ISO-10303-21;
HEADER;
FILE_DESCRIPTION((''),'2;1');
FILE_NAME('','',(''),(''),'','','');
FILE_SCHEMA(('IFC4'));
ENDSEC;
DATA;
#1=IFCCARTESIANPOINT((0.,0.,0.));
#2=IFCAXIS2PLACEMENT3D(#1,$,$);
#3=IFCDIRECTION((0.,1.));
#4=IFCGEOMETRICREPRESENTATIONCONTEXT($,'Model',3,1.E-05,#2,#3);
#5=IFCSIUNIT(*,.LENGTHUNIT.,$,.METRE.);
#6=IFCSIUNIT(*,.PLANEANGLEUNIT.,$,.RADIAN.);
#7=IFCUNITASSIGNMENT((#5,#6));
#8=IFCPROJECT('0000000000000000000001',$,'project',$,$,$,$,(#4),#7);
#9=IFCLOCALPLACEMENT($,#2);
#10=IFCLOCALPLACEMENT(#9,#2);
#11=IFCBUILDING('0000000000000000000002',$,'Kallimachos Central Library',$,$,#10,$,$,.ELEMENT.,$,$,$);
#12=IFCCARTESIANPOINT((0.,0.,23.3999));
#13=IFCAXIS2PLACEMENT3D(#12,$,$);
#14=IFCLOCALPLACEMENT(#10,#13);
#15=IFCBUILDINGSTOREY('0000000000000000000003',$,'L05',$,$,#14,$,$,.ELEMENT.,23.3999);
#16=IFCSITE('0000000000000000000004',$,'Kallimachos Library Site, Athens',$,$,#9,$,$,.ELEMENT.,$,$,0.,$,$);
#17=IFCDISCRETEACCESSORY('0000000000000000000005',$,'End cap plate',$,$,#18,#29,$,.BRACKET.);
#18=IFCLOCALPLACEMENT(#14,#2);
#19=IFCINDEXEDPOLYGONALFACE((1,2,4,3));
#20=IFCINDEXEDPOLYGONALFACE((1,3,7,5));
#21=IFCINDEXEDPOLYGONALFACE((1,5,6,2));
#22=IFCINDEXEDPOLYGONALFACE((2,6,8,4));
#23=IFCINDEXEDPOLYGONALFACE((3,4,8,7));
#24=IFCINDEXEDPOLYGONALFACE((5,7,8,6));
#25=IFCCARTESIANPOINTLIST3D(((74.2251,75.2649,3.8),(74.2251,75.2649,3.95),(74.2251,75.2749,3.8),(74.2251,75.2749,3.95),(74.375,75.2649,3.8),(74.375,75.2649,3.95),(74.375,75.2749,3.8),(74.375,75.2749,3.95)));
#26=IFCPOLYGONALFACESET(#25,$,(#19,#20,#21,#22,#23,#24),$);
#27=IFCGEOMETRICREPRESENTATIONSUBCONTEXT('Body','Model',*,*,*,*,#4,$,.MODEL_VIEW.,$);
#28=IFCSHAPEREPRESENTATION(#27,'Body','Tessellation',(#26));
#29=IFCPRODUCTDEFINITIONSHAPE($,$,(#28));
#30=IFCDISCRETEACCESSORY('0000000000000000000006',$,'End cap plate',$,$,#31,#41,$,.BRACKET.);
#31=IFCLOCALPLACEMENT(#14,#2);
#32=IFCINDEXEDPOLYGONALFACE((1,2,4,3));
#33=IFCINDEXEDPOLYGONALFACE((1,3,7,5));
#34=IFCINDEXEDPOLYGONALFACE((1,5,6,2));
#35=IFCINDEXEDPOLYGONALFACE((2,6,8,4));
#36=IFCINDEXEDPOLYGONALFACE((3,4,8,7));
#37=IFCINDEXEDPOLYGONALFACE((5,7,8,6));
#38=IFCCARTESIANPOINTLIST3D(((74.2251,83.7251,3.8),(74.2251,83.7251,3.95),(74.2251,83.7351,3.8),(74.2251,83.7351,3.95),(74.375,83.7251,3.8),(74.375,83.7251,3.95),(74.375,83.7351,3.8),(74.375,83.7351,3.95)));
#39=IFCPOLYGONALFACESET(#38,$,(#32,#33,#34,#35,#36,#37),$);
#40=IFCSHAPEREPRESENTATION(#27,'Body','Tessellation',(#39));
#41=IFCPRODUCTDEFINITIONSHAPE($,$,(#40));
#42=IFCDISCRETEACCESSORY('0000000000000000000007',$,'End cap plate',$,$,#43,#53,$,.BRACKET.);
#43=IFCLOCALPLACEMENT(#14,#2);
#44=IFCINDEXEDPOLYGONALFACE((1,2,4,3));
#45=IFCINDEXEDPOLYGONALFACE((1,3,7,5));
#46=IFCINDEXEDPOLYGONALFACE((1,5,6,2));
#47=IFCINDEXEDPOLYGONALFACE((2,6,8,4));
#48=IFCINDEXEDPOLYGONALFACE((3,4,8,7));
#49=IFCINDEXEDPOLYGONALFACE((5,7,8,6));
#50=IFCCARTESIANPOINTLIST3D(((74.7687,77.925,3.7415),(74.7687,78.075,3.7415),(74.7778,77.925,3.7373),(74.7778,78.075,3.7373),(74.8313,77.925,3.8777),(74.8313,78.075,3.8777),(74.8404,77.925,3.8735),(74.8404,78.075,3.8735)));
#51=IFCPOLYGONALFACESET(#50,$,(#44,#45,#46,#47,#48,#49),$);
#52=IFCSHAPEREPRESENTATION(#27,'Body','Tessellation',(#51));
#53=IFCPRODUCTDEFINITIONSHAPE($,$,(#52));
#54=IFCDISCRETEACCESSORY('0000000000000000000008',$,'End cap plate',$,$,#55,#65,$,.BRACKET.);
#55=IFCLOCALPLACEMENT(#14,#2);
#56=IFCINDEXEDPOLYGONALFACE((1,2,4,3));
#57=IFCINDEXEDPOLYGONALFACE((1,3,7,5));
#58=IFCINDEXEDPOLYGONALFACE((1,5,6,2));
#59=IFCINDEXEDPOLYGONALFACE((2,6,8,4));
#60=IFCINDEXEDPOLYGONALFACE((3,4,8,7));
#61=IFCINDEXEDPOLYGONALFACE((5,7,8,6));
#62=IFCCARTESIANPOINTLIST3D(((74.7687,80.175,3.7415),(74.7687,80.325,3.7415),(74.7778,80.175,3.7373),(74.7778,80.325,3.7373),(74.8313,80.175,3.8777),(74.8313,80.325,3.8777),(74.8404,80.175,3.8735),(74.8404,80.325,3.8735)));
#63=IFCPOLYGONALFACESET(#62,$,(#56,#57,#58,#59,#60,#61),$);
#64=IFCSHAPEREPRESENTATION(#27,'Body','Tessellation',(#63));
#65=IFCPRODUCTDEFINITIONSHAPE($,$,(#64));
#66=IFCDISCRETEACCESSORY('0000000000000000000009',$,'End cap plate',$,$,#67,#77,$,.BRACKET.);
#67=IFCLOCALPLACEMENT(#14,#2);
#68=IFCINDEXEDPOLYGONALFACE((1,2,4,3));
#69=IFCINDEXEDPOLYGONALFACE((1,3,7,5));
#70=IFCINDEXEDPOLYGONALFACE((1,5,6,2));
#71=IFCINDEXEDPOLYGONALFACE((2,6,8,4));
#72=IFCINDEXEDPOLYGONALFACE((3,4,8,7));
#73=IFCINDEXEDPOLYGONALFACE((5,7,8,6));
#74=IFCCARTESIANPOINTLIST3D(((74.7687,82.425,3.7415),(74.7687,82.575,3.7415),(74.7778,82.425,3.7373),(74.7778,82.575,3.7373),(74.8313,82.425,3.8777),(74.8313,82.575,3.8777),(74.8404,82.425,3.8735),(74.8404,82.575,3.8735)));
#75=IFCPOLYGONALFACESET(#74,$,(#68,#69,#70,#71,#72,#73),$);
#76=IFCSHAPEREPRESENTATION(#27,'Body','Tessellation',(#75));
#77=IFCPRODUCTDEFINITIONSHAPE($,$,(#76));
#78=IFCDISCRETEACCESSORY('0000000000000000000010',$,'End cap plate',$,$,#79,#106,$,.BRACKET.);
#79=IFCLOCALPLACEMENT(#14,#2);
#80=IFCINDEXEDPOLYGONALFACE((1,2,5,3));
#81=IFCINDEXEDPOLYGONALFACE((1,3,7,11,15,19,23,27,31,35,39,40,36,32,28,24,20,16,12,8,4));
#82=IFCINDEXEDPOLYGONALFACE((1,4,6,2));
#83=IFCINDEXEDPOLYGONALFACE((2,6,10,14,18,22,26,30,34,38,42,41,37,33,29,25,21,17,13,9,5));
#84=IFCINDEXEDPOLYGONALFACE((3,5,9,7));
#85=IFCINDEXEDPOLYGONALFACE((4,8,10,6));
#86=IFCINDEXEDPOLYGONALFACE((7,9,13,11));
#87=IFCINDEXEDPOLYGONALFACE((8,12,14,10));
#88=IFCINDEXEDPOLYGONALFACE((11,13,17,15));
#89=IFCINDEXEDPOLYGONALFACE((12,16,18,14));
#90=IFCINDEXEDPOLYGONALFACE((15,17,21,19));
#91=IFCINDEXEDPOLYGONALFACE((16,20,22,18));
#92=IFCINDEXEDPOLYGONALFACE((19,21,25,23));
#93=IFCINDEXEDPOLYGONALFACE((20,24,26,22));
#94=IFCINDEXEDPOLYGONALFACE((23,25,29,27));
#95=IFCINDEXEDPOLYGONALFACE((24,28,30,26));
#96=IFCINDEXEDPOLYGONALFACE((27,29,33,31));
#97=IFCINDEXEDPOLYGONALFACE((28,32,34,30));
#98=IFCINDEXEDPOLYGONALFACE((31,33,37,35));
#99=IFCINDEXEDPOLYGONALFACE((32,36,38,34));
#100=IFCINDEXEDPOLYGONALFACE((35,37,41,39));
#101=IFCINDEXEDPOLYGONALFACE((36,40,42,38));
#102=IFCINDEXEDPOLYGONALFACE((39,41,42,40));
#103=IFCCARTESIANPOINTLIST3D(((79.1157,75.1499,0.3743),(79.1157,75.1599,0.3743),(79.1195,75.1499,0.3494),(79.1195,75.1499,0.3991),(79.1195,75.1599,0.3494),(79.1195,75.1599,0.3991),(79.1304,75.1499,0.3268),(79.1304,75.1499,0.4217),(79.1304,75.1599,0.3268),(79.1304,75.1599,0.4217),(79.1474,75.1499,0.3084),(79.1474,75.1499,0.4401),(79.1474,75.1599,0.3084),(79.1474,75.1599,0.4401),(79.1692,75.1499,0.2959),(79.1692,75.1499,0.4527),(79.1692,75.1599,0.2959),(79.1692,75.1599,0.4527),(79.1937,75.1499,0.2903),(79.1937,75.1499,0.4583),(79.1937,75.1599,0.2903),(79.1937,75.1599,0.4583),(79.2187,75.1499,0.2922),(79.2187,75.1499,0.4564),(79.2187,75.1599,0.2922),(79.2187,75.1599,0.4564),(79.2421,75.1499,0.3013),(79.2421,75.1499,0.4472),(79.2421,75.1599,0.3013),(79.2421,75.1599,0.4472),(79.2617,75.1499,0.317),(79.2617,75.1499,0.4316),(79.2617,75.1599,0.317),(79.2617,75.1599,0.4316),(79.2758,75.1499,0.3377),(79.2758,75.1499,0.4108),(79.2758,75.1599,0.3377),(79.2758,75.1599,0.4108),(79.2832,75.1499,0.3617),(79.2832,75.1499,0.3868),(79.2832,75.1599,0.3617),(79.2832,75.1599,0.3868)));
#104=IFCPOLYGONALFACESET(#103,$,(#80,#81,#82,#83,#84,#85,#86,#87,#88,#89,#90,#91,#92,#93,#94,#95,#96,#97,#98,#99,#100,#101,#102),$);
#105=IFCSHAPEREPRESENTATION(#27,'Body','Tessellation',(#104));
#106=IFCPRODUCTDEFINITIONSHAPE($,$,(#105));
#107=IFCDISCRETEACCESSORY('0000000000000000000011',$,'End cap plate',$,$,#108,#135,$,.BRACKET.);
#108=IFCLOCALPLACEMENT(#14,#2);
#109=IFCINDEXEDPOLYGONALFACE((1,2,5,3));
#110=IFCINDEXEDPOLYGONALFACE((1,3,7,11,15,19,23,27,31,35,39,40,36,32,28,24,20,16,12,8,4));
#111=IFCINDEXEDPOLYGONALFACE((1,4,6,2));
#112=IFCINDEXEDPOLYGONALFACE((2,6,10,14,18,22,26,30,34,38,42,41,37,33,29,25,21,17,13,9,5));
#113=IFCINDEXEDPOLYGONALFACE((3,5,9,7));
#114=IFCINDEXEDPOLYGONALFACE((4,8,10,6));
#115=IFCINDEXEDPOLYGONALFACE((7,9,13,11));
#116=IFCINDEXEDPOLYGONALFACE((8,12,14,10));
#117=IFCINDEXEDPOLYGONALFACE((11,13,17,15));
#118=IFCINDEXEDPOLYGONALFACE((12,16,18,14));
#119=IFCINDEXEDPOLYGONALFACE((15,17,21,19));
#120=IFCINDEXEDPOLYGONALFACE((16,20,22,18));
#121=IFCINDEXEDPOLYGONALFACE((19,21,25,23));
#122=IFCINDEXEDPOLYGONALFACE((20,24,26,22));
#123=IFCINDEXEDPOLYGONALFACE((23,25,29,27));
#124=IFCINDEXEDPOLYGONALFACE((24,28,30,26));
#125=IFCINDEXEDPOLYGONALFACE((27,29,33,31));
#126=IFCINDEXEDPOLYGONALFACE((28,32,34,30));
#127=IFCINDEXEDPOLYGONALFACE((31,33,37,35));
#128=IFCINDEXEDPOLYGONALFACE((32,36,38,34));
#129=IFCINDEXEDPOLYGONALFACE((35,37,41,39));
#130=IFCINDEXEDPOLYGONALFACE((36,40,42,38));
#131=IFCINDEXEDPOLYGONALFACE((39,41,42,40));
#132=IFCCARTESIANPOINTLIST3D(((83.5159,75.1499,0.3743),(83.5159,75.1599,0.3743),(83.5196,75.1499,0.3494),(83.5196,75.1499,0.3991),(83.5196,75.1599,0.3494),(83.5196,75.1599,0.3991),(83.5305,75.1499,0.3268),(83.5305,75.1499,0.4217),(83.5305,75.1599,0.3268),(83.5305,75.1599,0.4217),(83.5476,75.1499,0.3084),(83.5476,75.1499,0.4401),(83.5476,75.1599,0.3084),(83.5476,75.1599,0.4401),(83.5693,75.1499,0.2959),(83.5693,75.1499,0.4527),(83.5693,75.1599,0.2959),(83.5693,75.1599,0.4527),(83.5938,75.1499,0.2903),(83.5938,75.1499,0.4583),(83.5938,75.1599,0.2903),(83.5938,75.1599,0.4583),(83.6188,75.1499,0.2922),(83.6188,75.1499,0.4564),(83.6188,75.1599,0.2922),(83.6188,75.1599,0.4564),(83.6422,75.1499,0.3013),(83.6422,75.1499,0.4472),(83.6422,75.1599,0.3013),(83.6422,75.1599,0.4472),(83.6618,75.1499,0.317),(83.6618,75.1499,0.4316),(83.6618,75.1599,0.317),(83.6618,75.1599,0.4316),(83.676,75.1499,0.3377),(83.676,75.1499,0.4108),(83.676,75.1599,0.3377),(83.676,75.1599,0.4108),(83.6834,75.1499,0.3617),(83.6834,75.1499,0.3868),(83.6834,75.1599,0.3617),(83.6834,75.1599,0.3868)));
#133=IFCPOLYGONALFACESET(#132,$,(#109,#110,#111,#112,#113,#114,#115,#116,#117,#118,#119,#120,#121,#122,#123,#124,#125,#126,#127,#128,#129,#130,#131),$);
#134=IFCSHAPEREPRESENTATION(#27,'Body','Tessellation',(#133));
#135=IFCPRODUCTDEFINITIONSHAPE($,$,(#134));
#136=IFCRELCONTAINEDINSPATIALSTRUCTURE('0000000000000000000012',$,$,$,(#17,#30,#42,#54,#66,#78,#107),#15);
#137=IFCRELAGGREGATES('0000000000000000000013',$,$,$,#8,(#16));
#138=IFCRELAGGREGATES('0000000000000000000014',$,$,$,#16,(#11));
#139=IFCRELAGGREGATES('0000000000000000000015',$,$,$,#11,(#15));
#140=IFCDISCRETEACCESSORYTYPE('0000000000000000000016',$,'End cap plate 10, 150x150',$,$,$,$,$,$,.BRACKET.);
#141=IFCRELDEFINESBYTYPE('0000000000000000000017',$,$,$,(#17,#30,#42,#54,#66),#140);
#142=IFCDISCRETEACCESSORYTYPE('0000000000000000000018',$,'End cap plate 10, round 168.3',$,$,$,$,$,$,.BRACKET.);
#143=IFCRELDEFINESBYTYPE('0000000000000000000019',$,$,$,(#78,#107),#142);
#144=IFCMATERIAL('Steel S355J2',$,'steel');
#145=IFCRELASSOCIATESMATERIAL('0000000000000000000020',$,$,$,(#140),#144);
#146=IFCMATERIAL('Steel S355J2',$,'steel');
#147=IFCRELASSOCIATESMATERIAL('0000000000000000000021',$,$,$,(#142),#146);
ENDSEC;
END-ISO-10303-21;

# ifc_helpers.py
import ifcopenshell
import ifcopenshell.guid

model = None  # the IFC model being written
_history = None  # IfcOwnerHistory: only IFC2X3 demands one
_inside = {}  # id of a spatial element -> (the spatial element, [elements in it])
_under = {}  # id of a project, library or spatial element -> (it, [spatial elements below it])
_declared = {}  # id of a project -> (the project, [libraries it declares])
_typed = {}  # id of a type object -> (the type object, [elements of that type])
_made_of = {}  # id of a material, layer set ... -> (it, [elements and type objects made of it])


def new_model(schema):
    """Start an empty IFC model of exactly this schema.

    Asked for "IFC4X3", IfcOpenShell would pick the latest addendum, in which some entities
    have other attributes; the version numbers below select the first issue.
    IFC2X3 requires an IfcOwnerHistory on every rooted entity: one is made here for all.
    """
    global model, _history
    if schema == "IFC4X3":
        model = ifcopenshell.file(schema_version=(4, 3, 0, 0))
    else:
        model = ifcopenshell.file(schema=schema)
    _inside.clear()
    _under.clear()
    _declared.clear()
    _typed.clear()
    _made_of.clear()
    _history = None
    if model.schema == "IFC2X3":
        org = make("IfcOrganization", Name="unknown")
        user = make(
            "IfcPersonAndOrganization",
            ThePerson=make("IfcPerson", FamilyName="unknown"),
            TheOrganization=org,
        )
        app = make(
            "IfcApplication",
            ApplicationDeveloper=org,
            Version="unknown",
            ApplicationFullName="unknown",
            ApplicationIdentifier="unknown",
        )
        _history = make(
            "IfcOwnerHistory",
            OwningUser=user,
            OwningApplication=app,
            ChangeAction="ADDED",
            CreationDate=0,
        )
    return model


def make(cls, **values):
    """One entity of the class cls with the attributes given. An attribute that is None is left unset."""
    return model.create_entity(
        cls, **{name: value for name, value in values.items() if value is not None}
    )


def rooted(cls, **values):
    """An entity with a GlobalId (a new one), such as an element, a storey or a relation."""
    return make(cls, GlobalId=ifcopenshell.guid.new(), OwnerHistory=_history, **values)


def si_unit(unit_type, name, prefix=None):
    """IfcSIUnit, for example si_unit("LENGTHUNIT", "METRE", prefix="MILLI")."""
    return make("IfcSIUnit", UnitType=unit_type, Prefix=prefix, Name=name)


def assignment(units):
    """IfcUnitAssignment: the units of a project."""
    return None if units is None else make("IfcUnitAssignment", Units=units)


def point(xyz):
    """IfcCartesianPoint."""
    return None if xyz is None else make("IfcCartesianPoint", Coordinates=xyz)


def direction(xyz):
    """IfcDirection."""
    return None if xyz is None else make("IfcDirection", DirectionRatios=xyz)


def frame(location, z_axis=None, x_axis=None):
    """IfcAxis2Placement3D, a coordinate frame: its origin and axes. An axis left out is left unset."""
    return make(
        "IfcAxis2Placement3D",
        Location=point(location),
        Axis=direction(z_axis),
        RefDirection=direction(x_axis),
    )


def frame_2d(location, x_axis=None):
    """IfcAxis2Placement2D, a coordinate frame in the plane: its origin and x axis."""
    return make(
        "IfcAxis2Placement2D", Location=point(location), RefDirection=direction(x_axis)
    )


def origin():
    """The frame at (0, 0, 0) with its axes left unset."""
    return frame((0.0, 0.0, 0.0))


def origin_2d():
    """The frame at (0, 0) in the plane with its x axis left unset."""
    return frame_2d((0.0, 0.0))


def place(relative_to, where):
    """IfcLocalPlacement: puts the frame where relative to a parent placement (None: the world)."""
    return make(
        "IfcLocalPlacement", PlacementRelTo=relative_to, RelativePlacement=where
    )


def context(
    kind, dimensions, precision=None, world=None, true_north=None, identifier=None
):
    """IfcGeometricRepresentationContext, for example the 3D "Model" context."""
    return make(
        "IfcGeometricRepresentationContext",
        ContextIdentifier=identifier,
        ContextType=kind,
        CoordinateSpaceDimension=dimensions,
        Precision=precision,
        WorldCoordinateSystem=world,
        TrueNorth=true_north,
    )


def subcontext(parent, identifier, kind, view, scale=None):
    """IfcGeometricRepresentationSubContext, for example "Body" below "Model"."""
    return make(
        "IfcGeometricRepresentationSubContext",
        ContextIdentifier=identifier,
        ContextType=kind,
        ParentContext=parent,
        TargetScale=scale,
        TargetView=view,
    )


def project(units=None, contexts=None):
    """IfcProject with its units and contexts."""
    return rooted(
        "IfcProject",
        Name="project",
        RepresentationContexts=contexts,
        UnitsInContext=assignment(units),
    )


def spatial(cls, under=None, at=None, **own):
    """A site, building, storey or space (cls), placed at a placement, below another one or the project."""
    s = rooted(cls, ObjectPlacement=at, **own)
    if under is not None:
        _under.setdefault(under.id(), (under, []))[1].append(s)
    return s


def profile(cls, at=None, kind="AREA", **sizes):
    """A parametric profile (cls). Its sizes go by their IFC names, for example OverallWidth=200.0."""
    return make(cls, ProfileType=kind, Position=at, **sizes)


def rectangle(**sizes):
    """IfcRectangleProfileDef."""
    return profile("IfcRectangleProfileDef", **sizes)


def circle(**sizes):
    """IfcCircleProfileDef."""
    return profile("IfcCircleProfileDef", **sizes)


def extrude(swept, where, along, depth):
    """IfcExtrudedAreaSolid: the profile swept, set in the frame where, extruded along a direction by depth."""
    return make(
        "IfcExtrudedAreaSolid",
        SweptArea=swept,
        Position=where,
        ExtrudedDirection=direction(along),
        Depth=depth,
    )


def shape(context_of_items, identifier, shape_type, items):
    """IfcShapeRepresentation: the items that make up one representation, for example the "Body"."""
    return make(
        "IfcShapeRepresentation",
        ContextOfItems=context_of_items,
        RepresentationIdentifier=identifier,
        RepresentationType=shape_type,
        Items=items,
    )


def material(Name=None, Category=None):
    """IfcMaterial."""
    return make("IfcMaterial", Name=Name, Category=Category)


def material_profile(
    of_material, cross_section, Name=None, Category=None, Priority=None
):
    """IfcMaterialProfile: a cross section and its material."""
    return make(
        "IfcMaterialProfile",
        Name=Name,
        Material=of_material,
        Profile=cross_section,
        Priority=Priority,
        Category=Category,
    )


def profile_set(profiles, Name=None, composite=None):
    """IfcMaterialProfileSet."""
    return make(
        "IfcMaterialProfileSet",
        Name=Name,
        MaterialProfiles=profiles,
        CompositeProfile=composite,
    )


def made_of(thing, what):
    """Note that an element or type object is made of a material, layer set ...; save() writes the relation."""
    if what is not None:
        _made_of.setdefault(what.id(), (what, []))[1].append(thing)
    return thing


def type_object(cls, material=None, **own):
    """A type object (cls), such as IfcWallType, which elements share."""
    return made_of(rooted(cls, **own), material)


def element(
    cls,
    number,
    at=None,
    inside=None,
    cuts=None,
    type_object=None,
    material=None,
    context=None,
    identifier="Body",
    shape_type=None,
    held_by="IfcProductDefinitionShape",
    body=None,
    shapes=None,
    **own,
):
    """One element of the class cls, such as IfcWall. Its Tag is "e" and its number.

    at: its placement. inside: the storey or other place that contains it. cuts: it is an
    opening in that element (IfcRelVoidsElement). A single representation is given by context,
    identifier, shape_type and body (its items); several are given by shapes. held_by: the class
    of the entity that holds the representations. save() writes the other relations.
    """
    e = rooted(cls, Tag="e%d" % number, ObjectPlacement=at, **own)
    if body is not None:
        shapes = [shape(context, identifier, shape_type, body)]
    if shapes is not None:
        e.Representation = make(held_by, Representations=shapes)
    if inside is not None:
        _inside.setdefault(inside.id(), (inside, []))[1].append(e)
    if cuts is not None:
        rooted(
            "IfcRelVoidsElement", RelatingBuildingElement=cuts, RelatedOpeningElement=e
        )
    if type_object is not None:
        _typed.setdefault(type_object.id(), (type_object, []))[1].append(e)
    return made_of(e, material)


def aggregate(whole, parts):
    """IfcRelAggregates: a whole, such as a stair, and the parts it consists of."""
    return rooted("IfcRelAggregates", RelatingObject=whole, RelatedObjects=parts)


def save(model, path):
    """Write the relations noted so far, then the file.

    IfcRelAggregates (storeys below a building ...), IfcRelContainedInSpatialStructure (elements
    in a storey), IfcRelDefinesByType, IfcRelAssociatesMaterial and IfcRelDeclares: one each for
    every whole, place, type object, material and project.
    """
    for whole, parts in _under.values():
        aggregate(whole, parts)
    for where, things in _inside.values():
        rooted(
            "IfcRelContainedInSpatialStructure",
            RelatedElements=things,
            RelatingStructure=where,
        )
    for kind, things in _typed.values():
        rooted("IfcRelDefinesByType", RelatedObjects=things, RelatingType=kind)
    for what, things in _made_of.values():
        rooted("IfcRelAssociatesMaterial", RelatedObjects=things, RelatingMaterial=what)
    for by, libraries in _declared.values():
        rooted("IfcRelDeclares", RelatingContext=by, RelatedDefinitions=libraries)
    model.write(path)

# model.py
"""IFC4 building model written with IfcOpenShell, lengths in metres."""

from ifc_helpers import new_model, si_unit, direction, frame, origin, origin_2d, place, context, subcontext, project, spatial, rectangle, circle, extrude, material, material_profile, profile_set, type_object, element, save


model = new_model("IFC4")

# Units and contexts
model_context = context("Model", 3, precision=1e-05, world=origin(), true_north=direction((0.0, 1.0)))
body_context = subcontext(model_context, "Body", "Model", "MODEL_VIEW")
ifc_project = project(units=[si_unit("LENGTHUNIT", "METRE"), si_unit("PLANEANGLEUNIT", "RADIAN")], contexts=[model_context])

# Site, building, storey
site_placement = place(None, origin())
site = spatial("IfcSite", under=ifc_project, at=site_placement, Name="Kallimachos Library Site, Athens", CompositionType="ELEMENT", RefElevation=0.0)
building_placement = place(site_placement, origin())
building = spatial("IfcBuilding", under=site, at=building_placement, Name="Kallimachos Central Library", CompositionType="ELEMENT")
storey_placement = place(building_placement, frame((0.0, 0.0, 23.3999)))
storey = spatial("IfcBuildingStorey", under=building, at=storey_placement, Name="L05", CompositionType="ELEMENT", Elevation=23.3999)

# Discrete accessories
ifc_material_1 = material(Name="Steel S355J2", Category="steel")
ifc_material_profile_1 = material_profile(ifc_material_1, rectangle(XDim=0.1499, YDim=0.1499, at=origin_2d()), Name="End cap plate 10, 150x150")
ifc_profile_set_1 = profile_set([ifc_material_profile_1], Name="Steel S355J2")
discrete_accessory_type_1 = type_object("IfcDiscreteAccessoryType", Name="End cap plate 10, 150x150", PredefinedType="BRACKET", material=ifc_profile_set_1)
for number, where, z_axis, x_axis, name in (
    (1, (74.3, 75.2649, 3.875), (0.0, 1.0, 0.0), (-1.0, 0.0, 0.0), "End cap plate"),
    (2, (74.3, 83.7251, 3.875), (0.0, 1.0, 0.0), (-1.0, 0.0, 0.0), "End cap plate"),
    (3, (74.8091, 78.0, 3.8054), (-0.908677, 0.0, 0.4175), (0.0, -1.0, 0.0), "End cap plate"),
    (4, (74.8091, 80.25, 3.8054), (-0.908677, 0.0, 0.4175), (0.0, -1.0, 0.0), "End cap plate"),
    (5, (74.8091, 82.5, 3.8054), (-0.908677, 0.0, 0.4175), (0.0, -1.0, 0.0), "End cap plate"),
):
    element("IfcDiscreteAccessory", number, at=place(storey_placement, frame(where, z_axis=z_axis, x_axis=x_axis)), inside=storey, type_object=discrete_accessory_type_1, Name=name, PredefinedType="BRACKET", context=body_context, shape_type="SweptSolid", body=[
        extrude(rectangle(XDim=0.1499, YDim=0.1499, at=origin_2d()), origin(), (0.0, 0.0, 1.0), 0.01),
    ])
ifc_material_2 = material(Name="Steel S355J2", Category="steel")
ifc_material_profile_2 = material_profile(ifc_material_2, circle(Radius=0.0842, at=origin_2d()), Name="End cap plate 10, round 168.3")
ifc_profile_set_2 = profile_set([ifc_material_profile_2], Name="Steel S355J2")
discrete_accessory_type_2 = type_object("IfcDiscreteAccessoryType", Name="End cap plate 10, round 168.3", PredefinedType="BRACKET", material=ifc_profile_set_2)
for number, where, z_axis, x_axis, name in (
    (6, (79.2, 75.1499, 0.3743), (0.0, 1.0, 0.0), (-1.0, 0.0, 0.0), "End cap plate"),
    (7, (83.6001, 75.1499, 0.3743), (0.0, 1.0, 0.0), (-1.0, 0.0, 0.0), "End cap plate"),
):
    element("IfcDiscreteAccessory", number, at=place(storey_placement, frame(where, z_axis=z_axis, x_axis=x_axis)), inside=storey, type_object=discrete_accessory_type_2, Name=name, PredefinedType="BRACKET", context=body_context, shape_type="SweptSolid", body=[
        extrude(circle(Radius=0.0842, at=origin_2d()), origin(), (0.0, 0.0, 1.0), 0.01),
    ])

save(model, "model.ifc")
